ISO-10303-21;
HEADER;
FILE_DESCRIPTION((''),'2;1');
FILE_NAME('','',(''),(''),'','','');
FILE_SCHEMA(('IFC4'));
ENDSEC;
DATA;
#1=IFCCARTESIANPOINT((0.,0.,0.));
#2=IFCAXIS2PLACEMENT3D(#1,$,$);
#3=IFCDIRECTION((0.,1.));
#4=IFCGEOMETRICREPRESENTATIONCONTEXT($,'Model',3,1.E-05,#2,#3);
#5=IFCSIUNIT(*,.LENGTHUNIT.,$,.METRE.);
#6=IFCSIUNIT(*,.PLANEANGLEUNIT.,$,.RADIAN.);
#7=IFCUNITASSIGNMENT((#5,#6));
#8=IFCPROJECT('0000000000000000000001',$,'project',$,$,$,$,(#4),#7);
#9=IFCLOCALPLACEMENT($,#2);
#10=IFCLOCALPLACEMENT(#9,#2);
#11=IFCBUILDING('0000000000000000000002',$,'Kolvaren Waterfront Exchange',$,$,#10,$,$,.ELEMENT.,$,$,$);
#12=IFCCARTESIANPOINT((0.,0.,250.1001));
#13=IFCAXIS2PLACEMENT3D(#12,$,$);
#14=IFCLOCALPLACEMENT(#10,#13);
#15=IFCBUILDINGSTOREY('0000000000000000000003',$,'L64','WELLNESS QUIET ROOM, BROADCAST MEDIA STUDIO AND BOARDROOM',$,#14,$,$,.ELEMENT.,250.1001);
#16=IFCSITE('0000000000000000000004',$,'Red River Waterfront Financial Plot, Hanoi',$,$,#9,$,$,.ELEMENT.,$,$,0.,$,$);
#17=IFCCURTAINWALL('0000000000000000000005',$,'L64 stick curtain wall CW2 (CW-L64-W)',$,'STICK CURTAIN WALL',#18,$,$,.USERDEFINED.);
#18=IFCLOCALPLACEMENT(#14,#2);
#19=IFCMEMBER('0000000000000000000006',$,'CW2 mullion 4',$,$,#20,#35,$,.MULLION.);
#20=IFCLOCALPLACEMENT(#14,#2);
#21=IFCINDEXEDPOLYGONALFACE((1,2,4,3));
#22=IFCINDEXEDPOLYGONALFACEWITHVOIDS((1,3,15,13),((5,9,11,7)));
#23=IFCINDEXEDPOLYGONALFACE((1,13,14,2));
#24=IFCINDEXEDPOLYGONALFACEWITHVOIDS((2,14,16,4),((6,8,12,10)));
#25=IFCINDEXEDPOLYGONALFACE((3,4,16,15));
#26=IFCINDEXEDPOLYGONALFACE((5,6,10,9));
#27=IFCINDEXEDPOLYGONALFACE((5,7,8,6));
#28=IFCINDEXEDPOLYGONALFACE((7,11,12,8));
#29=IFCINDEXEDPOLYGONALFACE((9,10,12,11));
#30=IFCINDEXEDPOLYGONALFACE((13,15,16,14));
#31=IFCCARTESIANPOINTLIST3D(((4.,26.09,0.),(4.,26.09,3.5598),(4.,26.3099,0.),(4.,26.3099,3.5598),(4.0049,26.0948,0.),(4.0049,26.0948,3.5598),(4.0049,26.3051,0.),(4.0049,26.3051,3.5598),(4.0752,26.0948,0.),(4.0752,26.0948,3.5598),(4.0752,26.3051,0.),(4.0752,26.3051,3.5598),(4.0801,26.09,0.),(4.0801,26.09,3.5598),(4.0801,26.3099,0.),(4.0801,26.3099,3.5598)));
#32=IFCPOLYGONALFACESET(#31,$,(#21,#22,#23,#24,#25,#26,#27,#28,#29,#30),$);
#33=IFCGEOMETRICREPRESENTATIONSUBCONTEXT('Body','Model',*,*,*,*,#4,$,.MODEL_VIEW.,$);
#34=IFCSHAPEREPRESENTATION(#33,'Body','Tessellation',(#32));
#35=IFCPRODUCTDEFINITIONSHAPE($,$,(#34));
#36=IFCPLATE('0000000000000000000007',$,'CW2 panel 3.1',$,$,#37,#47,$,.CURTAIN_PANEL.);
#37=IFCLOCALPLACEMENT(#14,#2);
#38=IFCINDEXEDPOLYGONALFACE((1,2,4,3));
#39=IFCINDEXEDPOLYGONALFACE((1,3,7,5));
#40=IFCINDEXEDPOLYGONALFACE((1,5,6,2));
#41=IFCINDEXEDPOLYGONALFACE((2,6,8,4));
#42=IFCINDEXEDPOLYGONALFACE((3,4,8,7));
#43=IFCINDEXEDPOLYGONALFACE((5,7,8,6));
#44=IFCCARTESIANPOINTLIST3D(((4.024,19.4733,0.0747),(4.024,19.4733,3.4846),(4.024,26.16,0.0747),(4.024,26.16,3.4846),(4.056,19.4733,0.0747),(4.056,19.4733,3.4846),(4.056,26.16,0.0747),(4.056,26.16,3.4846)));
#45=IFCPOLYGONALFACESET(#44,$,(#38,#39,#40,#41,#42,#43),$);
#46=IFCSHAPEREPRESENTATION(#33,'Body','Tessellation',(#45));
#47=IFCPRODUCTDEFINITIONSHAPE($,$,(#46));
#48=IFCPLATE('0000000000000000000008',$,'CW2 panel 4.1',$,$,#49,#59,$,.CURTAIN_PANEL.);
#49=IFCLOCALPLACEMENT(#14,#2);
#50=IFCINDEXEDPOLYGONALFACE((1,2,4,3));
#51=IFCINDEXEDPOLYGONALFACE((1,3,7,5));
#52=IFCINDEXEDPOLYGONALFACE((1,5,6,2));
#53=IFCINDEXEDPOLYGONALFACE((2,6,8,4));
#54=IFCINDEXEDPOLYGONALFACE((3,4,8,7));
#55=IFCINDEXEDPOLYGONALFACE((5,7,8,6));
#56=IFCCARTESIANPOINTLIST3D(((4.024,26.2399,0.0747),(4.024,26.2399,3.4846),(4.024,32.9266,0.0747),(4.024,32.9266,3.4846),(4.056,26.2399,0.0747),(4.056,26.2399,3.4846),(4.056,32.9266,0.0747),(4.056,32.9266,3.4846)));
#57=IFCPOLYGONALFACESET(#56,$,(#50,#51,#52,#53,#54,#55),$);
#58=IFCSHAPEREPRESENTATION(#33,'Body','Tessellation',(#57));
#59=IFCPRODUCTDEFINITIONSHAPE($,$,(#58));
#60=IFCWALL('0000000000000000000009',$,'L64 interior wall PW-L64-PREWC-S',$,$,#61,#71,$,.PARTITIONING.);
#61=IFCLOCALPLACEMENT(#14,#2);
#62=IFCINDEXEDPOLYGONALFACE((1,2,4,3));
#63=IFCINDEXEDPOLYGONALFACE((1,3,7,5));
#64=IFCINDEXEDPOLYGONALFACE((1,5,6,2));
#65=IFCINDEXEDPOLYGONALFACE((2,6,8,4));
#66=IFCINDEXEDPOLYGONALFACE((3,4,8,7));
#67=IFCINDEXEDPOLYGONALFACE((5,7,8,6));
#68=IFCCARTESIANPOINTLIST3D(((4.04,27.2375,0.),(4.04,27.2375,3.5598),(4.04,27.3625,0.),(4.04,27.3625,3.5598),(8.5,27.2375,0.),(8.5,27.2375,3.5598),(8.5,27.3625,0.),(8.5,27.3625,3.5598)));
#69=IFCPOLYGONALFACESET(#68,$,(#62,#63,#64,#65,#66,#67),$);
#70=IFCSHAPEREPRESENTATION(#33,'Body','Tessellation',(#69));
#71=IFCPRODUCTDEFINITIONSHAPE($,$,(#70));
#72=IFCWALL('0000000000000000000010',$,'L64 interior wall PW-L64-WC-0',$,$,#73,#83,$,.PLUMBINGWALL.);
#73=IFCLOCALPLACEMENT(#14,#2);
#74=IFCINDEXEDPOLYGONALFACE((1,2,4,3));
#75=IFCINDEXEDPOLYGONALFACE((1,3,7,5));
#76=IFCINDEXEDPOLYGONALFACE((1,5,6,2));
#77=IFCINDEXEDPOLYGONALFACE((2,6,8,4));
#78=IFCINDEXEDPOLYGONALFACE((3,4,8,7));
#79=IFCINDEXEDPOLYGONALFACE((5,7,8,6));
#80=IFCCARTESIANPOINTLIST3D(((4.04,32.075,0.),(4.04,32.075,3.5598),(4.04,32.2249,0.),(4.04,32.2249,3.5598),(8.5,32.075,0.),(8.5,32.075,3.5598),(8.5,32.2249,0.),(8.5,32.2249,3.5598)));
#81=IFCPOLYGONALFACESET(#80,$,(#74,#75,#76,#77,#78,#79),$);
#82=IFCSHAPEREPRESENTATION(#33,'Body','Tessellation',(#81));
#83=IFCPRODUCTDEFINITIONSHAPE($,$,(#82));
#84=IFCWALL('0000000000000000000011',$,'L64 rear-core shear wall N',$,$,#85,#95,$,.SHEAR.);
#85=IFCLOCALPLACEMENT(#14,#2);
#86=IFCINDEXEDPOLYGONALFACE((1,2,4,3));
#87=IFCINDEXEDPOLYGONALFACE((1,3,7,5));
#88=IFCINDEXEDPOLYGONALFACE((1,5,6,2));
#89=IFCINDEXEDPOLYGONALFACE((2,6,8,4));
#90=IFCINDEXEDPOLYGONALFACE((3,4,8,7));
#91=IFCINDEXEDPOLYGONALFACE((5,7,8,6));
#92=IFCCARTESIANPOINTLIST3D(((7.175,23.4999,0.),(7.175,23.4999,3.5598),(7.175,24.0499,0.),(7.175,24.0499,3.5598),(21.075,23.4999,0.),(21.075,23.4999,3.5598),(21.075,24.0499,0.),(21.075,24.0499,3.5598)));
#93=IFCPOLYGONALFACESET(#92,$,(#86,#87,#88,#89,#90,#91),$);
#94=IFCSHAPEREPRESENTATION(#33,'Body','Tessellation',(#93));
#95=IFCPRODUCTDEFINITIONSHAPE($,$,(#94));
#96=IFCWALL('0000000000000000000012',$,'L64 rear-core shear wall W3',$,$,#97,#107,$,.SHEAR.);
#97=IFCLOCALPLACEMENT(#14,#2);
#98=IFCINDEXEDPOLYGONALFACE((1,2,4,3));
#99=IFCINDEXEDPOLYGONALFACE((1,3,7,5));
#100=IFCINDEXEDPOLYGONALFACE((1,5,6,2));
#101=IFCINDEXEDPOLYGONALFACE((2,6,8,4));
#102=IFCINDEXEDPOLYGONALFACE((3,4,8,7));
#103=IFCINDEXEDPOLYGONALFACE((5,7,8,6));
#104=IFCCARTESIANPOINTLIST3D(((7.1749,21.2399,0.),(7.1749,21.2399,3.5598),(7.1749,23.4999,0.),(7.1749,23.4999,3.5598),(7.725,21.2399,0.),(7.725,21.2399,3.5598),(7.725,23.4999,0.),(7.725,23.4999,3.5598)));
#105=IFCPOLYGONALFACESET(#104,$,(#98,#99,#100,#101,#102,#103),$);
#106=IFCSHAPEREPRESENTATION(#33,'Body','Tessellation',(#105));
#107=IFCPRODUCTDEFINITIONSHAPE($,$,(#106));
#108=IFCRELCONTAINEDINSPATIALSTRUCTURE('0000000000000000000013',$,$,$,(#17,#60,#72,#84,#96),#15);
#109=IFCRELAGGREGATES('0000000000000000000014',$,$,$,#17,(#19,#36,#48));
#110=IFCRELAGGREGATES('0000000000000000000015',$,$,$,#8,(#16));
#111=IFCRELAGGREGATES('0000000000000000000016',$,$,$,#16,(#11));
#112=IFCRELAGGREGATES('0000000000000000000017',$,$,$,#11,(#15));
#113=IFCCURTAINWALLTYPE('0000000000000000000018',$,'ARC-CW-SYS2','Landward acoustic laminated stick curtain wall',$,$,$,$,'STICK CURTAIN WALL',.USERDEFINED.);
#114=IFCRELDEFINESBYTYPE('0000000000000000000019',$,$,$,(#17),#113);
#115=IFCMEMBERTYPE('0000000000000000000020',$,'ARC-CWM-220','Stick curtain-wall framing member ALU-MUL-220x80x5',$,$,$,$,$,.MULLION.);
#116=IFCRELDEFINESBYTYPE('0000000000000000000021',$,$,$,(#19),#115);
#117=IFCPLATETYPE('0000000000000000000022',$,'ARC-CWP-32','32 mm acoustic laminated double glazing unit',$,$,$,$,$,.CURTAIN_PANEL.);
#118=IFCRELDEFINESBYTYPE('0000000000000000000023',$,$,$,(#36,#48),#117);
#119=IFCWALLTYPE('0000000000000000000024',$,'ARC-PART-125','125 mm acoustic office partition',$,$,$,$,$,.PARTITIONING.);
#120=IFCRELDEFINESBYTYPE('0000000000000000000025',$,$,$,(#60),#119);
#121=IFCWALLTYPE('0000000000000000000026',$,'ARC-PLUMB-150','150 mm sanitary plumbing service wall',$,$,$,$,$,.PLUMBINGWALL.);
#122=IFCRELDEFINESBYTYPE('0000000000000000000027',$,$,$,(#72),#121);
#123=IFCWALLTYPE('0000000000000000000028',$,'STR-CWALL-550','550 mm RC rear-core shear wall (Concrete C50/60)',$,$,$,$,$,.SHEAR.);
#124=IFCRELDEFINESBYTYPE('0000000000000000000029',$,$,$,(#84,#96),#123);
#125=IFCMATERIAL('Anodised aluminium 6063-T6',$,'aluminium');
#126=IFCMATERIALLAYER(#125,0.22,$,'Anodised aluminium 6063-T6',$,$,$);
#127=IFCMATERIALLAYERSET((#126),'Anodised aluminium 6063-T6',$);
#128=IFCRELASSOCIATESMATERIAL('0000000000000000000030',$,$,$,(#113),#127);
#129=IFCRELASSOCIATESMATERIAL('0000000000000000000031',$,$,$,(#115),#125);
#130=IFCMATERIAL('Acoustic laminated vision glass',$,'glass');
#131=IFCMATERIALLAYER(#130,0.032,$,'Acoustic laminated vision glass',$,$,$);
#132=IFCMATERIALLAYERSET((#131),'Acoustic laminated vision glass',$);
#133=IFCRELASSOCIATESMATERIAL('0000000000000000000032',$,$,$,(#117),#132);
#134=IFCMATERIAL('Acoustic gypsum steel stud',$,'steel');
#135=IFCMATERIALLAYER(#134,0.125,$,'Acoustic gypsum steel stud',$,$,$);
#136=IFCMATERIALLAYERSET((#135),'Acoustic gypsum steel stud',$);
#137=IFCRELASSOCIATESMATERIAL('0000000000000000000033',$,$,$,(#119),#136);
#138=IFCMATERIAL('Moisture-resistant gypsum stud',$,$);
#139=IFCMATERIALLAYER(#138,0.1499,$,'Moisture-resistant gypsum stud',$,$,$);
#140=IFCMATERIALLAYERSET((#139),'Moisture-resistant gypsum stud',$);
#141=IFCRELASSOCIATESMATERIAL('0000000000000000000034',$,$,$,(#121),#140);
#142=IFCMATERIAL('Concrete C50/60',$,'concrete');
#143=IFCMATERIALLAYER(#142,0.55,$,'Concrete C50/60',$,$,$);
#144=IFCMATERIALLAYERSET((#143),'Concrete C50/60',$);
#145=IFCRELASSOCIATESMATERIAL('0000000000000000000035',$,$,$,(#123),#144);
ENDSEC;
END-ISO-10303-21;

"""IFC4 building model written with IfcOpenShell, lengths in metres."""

from ifc_helpers import new_model, si_unit, direction, frame, frame_2d, origin, origin_with_axes, origin_2d, place, context, subcontext, project, spatial, rectangle, hollow_rectangle, extrude, source, transform, mapped, material, layer, layer_set, material_profile, profile_set, type_object, element, aggregate, save


model = new_model("IFC4")

# Units and contexts
model_context = context("Model", 3, precision=1e-05, world=origin(), true_north=direction((0.0, 1.0)))
body_context = subcontext(model_context, "Body", "Model", "MODEL_VIEW")
ifc_project = project(units=[si_unit("LENGTHUNIT", "METRE"), si_unit("PLANEANGLEUNIT", "RADIAN")], contexts=[model_context])

# Site, building, storey
site_placement = place(None, origin())
site = spatial("IfcSite", under=ifc_project, at=site_placement, Name="Red River Waterfront Financial Plot, Hanoi", CompositionType="ELEMENT", RefElevation=0.0)
building_placement = place(site_placement, origin())
building = spatial("IfcBuilding", under=site, at=building_placement, Name="Kolvaren Waterfront Exchange", CompositionType="ELEMENT")
storey_placement = place(building_placement, frame((0.0, 0.0, 250.1001)))
storey = spatial("IfcBuildingStorey", under=building, at=storey_placement, Name="L64", Description="WELLNESS QUIET ROOM, BROADCAST MEDIA STUDIO AND BOARDROOM", CompositionType="ELEMENT", Elevation=250.1001)

# Shared definitions
ifc_material_1 = material(Name="Concrete C50/60", Category="concrete")

# Curtain wall, member, plates
ifc_material_2 = material(Name="Anodised aluminium 6063-T6", Category="aluminium")
ifc_layer_1 = layer(ifc_material_2, 0.22, Name="Anodised aluminium 6063-T6")
ifc_layer_set_1 = layer_set([ifc_layer_1], Name="Anodised aluminium 6063-T6")
curtain_wall_type = type_object("IfcCurtainWallType", Name="ARC-CW-SYS2", Description="Landward acoustic laminated stick curtain wall", ElementType="STICK CURTAIN WALL", PredefinedType="USERDEFINED", material=ifc_layer_set_1)
curtain_wall_placement = place(storey_placement, origin())
curtain_wall = element("IfcCurtainWall", 1, at=curtain_wall_placement, inside=storey, type_object=curtain_wall_type, Name="L64 stick curtain wall CW2 (CW-L64-W)", ObjectType="STICK CURTAIN WALL", PredefinedType="USERDEFINED")
ifc_material_profile_1 = material_profile(ifc_material_2, hollow_rectangle(XDim=0.0801, YDim=0.22, WallThickness=0.0049, at=origin_2d()), Name="ALU-MUL-220x80x5")
ifc_profile_set_1 = profile_set([ifc_material_profile_1], Name="Anodised aluminium 6063-T6")
member_type_1 = type_object("IfcMemberType", Name="ARC-CWM-220", Description="Stick curtain-wall framing member ALU-MUL-220x80x5", PredefinedType="MULLION", material=ifc_profile_set_1)
shared_shape_1 = source(origin_with_axes(), body_context, "Body", "SweptSolid", [
    extrude(hollow_rectangle(XDim=0.0801, YDim=0.22, WallThickness=0.0049, at=origin_2d()), origin(), (0.0, 0.0, 1.0), 3.5598),
])
member_1_placement = place(storey_placement, frame((4.04, 26.2, 0.0), z_axis=(0.0, 0.0, 1.0), x_axis=(-1.0, 0.0, 0.0)))
member_1 = element("IfcMember", 2, at=member_1_placement, type_object=member_type_1, Name="CW2 mullion 4", PredefinedType="MULLION", context=body_context, shape_type="MappedRepresentation", body=[
    mapped(shared_shape_1, transform((0.0, 0.0, 0.0), x_axis=(1.0, 0.0, 0.0), y_axis=(0.0, 1.0, 0.0), z_axis=(0.0, 0.0, 1.0), scale=1.0)),
])
ifc_material_3 = material(Name="Acoustic laminated vision glass", Category="glass")
ifc_layer_2 = layer(ifc_material_3, 0.032, Name="Acoustic laminated vision glass")
ifc_layer_set_2 = layer_set([ifc_layer_2], Name="Acoustic laminated vision glass")
plate_type = type_object("IfcPlateType", Name="ARC-CWP-32", Description="32 mm acoustic laminated double glazing unit", PredefinedType="CURTAIN_PANEL", material=ifc_layer_set_2)
shared_shape_2 = source(origin_with_axes(), body_context, "Body", "SweptSolid", [
    extrude(rectangle(XDim=6.6868, YDim=0.032, at=origin_2d()), origin(), (0.0, 0.0, 1.0), 3.4099),
])
plate_1_placement = place(storey_placement, frame((4.04, 22.8167, 0.0747), z_axis=(0.0, 0.0, 1.0), x_axis=(0.0, 1.0, 0.0)))
plate_1 = element("IfcPlate", 3, at=plate_1_placement, type_object=plate_type, Name="CW2 panel 3.1", PredefinedType="CURTAIN_PANEL", context=body_context, shape_type="MappedRepresentation", body=[
    mapped(shared_shape_2, transform((0.0, 0.0, 0.0), x_axis=(1.0, 0.0, 0.0), y_axis=(0.0, 1.0, 0.0), z_axis=(0.0, 0.0, 1.0), scale=1.0)),
])
plate_2_placement = place(storey_placement, frame((4.04, 29.5833, 0.0747), z_axis=(0.0, 0.0, 1.0), x_axis=(0.0, 1.0, 0.0)))
plate_2 = element("IfcPlate", 4, at=plate_2_placement, type_object=plate_type, Name="CW2 panel 4.1", PredefinedType="CURTAIN_PANEL", context=body_context, shape_type="MappedRepresentation", body=[
    mapped(shared_shape_2, transform((0.0, 0.0, 0.0), x_axis=(1.0, 0.0, 0.0), y_axis=(0.0, 1.0, 0.0), z_axis=(0.0, 0.0, 1.0), scale=1.0)),
])
aggregate(curtain_wall, [member_1, plate_1, plate_2])

# Wall
ifc_material_4 = material(Name="Acoustic gypsum steel stud", Category="steel")
ifc_layer_3 = layer(ifc_material_4, 0.125, Name="Acoustic gypsum steel stud")
ifc_layer_set_3 = layer_set([ifc_layer_3], Name="Acoustic gypsum steel stud")
wall_type_1 = type_object("IfcWallType", Name="ARC-PART-125", Description="125 mm acoustic office partition", PredefinedType="PARTITIONING", material=ifc_layer_set_3)
wall_1_placement = place(storey_placement, frame((4.04, 27.3, 0.0), z_axis=(0.0, 0.0, 1.0), x_axis=(1.0, 0.0, 0.0)))
element("IfcWall", 5, at=wall_1_placement, inside=storey, type_object=wall_type_1, Name="L64 interior wall PW-L64-PREWC-S", PredefinedType="PARTITIONING", context=body_context, shape_type="SweptSolid", body=[
    extrude(rectangle(XDim=4.46, YDim=0.125, at=frame_2d((2.23, 0.0))), origin(), (0.0, 0.0, 1.0), 3.5598),
])

# Walls
ifc_material_5 = material(Name="Moisture-resistant gypsum stud")
ifc_layer_4 = layer(ifc_material_5, 0.1499, Name="Moisture-resistant gypsum stud")
ifc_layer_set_4 = layer_set([ifc_layer_4], Name="Moisture-resistant gypsum stud")
wall_type_2 = type_object("IfcWallType", Name="ARC-PLUMB-150", Description="150 mm sanitary plumbing service wall", PredefinedType="PLUMBINGWALL", material=ifc_layer_set_4)
wall_2_placement = place(storey_placement, frame((4.04, 32.1499, 0.0), z_axis=(0.0, 0.0, 1.0), x_axis=(1.0, 0.0, 0.0)))
element("IfcWall", 6, at=wall_2_placement, inside=storey, type_object=wall_type_2, Name="L64 interior wall PW-L64-WC-0", PredefinedType="PLUMBINGWALL", context=body_context, shape_type="SweptSolid", body=[
    extrude(rectangle(XDim=4.46, YDim=0.1499, at=frame_2d((2.23, 0.0))), origin(), (0.0, 0.0, 1.0), 3.5598),
])
ifc_layer_5 = layer(ifc_material_1, 0.55, Name="Concrete C50/60")
ifc_layer_set_5 = layer_set([ifc_layer_5], Name="Concrete C50/60")
wall_type_3 = type_object("IfcWallType", Name="STR-CWALL-550", Description="550 mm RC rear-core shear wall (Concrete C50/60)", PredefinedType="SHEAR", material=ifc_layer_set_5)
wall_3_placement = place(storey_placement, frame((7.175, 23.7749, 0.0), z_axis=(0.0, 0.0, 1.0), x_axis=(1.0, 0.0, 0.0)))
element("IfcWall", 7, at=wall_3_placement, inside=storey, type_object=wall_type_3, Name="L64 rear-core shear wall N", PredefinedType="SHEAR", context=body_context, shape_type="SweptSolid", body=[
    extrude(rectangle(XDim=13.8999, YDim=0.55, at=frame_2d((6.95, 0.0))), origin(), (0.0, 0.0, 1.0), 3.5598),
])
wall_4_placement = place(storey_placement, frame((7.45, 21.24, 0.0), z_axis=(0.0, 0.0, 1.0), x_axis=(0.0, 1.0, 0.0)))
element("IfcWall", 8, at=wall_4_placement, inside=storey, type_object=wall_type_3, Name="L64 rear-core shear wall W3", PredefinedType="SHEAR", context=body_context, shape_type="SweptSolid", body=[
    extrude(rectangle(XDim=2.26, YDim=0.55, at=frame_2d((1.1299, 0.0))), origin(), (0.0, 0.0, 1.0), 3.5598),
])

save(model, "model.ifc")
